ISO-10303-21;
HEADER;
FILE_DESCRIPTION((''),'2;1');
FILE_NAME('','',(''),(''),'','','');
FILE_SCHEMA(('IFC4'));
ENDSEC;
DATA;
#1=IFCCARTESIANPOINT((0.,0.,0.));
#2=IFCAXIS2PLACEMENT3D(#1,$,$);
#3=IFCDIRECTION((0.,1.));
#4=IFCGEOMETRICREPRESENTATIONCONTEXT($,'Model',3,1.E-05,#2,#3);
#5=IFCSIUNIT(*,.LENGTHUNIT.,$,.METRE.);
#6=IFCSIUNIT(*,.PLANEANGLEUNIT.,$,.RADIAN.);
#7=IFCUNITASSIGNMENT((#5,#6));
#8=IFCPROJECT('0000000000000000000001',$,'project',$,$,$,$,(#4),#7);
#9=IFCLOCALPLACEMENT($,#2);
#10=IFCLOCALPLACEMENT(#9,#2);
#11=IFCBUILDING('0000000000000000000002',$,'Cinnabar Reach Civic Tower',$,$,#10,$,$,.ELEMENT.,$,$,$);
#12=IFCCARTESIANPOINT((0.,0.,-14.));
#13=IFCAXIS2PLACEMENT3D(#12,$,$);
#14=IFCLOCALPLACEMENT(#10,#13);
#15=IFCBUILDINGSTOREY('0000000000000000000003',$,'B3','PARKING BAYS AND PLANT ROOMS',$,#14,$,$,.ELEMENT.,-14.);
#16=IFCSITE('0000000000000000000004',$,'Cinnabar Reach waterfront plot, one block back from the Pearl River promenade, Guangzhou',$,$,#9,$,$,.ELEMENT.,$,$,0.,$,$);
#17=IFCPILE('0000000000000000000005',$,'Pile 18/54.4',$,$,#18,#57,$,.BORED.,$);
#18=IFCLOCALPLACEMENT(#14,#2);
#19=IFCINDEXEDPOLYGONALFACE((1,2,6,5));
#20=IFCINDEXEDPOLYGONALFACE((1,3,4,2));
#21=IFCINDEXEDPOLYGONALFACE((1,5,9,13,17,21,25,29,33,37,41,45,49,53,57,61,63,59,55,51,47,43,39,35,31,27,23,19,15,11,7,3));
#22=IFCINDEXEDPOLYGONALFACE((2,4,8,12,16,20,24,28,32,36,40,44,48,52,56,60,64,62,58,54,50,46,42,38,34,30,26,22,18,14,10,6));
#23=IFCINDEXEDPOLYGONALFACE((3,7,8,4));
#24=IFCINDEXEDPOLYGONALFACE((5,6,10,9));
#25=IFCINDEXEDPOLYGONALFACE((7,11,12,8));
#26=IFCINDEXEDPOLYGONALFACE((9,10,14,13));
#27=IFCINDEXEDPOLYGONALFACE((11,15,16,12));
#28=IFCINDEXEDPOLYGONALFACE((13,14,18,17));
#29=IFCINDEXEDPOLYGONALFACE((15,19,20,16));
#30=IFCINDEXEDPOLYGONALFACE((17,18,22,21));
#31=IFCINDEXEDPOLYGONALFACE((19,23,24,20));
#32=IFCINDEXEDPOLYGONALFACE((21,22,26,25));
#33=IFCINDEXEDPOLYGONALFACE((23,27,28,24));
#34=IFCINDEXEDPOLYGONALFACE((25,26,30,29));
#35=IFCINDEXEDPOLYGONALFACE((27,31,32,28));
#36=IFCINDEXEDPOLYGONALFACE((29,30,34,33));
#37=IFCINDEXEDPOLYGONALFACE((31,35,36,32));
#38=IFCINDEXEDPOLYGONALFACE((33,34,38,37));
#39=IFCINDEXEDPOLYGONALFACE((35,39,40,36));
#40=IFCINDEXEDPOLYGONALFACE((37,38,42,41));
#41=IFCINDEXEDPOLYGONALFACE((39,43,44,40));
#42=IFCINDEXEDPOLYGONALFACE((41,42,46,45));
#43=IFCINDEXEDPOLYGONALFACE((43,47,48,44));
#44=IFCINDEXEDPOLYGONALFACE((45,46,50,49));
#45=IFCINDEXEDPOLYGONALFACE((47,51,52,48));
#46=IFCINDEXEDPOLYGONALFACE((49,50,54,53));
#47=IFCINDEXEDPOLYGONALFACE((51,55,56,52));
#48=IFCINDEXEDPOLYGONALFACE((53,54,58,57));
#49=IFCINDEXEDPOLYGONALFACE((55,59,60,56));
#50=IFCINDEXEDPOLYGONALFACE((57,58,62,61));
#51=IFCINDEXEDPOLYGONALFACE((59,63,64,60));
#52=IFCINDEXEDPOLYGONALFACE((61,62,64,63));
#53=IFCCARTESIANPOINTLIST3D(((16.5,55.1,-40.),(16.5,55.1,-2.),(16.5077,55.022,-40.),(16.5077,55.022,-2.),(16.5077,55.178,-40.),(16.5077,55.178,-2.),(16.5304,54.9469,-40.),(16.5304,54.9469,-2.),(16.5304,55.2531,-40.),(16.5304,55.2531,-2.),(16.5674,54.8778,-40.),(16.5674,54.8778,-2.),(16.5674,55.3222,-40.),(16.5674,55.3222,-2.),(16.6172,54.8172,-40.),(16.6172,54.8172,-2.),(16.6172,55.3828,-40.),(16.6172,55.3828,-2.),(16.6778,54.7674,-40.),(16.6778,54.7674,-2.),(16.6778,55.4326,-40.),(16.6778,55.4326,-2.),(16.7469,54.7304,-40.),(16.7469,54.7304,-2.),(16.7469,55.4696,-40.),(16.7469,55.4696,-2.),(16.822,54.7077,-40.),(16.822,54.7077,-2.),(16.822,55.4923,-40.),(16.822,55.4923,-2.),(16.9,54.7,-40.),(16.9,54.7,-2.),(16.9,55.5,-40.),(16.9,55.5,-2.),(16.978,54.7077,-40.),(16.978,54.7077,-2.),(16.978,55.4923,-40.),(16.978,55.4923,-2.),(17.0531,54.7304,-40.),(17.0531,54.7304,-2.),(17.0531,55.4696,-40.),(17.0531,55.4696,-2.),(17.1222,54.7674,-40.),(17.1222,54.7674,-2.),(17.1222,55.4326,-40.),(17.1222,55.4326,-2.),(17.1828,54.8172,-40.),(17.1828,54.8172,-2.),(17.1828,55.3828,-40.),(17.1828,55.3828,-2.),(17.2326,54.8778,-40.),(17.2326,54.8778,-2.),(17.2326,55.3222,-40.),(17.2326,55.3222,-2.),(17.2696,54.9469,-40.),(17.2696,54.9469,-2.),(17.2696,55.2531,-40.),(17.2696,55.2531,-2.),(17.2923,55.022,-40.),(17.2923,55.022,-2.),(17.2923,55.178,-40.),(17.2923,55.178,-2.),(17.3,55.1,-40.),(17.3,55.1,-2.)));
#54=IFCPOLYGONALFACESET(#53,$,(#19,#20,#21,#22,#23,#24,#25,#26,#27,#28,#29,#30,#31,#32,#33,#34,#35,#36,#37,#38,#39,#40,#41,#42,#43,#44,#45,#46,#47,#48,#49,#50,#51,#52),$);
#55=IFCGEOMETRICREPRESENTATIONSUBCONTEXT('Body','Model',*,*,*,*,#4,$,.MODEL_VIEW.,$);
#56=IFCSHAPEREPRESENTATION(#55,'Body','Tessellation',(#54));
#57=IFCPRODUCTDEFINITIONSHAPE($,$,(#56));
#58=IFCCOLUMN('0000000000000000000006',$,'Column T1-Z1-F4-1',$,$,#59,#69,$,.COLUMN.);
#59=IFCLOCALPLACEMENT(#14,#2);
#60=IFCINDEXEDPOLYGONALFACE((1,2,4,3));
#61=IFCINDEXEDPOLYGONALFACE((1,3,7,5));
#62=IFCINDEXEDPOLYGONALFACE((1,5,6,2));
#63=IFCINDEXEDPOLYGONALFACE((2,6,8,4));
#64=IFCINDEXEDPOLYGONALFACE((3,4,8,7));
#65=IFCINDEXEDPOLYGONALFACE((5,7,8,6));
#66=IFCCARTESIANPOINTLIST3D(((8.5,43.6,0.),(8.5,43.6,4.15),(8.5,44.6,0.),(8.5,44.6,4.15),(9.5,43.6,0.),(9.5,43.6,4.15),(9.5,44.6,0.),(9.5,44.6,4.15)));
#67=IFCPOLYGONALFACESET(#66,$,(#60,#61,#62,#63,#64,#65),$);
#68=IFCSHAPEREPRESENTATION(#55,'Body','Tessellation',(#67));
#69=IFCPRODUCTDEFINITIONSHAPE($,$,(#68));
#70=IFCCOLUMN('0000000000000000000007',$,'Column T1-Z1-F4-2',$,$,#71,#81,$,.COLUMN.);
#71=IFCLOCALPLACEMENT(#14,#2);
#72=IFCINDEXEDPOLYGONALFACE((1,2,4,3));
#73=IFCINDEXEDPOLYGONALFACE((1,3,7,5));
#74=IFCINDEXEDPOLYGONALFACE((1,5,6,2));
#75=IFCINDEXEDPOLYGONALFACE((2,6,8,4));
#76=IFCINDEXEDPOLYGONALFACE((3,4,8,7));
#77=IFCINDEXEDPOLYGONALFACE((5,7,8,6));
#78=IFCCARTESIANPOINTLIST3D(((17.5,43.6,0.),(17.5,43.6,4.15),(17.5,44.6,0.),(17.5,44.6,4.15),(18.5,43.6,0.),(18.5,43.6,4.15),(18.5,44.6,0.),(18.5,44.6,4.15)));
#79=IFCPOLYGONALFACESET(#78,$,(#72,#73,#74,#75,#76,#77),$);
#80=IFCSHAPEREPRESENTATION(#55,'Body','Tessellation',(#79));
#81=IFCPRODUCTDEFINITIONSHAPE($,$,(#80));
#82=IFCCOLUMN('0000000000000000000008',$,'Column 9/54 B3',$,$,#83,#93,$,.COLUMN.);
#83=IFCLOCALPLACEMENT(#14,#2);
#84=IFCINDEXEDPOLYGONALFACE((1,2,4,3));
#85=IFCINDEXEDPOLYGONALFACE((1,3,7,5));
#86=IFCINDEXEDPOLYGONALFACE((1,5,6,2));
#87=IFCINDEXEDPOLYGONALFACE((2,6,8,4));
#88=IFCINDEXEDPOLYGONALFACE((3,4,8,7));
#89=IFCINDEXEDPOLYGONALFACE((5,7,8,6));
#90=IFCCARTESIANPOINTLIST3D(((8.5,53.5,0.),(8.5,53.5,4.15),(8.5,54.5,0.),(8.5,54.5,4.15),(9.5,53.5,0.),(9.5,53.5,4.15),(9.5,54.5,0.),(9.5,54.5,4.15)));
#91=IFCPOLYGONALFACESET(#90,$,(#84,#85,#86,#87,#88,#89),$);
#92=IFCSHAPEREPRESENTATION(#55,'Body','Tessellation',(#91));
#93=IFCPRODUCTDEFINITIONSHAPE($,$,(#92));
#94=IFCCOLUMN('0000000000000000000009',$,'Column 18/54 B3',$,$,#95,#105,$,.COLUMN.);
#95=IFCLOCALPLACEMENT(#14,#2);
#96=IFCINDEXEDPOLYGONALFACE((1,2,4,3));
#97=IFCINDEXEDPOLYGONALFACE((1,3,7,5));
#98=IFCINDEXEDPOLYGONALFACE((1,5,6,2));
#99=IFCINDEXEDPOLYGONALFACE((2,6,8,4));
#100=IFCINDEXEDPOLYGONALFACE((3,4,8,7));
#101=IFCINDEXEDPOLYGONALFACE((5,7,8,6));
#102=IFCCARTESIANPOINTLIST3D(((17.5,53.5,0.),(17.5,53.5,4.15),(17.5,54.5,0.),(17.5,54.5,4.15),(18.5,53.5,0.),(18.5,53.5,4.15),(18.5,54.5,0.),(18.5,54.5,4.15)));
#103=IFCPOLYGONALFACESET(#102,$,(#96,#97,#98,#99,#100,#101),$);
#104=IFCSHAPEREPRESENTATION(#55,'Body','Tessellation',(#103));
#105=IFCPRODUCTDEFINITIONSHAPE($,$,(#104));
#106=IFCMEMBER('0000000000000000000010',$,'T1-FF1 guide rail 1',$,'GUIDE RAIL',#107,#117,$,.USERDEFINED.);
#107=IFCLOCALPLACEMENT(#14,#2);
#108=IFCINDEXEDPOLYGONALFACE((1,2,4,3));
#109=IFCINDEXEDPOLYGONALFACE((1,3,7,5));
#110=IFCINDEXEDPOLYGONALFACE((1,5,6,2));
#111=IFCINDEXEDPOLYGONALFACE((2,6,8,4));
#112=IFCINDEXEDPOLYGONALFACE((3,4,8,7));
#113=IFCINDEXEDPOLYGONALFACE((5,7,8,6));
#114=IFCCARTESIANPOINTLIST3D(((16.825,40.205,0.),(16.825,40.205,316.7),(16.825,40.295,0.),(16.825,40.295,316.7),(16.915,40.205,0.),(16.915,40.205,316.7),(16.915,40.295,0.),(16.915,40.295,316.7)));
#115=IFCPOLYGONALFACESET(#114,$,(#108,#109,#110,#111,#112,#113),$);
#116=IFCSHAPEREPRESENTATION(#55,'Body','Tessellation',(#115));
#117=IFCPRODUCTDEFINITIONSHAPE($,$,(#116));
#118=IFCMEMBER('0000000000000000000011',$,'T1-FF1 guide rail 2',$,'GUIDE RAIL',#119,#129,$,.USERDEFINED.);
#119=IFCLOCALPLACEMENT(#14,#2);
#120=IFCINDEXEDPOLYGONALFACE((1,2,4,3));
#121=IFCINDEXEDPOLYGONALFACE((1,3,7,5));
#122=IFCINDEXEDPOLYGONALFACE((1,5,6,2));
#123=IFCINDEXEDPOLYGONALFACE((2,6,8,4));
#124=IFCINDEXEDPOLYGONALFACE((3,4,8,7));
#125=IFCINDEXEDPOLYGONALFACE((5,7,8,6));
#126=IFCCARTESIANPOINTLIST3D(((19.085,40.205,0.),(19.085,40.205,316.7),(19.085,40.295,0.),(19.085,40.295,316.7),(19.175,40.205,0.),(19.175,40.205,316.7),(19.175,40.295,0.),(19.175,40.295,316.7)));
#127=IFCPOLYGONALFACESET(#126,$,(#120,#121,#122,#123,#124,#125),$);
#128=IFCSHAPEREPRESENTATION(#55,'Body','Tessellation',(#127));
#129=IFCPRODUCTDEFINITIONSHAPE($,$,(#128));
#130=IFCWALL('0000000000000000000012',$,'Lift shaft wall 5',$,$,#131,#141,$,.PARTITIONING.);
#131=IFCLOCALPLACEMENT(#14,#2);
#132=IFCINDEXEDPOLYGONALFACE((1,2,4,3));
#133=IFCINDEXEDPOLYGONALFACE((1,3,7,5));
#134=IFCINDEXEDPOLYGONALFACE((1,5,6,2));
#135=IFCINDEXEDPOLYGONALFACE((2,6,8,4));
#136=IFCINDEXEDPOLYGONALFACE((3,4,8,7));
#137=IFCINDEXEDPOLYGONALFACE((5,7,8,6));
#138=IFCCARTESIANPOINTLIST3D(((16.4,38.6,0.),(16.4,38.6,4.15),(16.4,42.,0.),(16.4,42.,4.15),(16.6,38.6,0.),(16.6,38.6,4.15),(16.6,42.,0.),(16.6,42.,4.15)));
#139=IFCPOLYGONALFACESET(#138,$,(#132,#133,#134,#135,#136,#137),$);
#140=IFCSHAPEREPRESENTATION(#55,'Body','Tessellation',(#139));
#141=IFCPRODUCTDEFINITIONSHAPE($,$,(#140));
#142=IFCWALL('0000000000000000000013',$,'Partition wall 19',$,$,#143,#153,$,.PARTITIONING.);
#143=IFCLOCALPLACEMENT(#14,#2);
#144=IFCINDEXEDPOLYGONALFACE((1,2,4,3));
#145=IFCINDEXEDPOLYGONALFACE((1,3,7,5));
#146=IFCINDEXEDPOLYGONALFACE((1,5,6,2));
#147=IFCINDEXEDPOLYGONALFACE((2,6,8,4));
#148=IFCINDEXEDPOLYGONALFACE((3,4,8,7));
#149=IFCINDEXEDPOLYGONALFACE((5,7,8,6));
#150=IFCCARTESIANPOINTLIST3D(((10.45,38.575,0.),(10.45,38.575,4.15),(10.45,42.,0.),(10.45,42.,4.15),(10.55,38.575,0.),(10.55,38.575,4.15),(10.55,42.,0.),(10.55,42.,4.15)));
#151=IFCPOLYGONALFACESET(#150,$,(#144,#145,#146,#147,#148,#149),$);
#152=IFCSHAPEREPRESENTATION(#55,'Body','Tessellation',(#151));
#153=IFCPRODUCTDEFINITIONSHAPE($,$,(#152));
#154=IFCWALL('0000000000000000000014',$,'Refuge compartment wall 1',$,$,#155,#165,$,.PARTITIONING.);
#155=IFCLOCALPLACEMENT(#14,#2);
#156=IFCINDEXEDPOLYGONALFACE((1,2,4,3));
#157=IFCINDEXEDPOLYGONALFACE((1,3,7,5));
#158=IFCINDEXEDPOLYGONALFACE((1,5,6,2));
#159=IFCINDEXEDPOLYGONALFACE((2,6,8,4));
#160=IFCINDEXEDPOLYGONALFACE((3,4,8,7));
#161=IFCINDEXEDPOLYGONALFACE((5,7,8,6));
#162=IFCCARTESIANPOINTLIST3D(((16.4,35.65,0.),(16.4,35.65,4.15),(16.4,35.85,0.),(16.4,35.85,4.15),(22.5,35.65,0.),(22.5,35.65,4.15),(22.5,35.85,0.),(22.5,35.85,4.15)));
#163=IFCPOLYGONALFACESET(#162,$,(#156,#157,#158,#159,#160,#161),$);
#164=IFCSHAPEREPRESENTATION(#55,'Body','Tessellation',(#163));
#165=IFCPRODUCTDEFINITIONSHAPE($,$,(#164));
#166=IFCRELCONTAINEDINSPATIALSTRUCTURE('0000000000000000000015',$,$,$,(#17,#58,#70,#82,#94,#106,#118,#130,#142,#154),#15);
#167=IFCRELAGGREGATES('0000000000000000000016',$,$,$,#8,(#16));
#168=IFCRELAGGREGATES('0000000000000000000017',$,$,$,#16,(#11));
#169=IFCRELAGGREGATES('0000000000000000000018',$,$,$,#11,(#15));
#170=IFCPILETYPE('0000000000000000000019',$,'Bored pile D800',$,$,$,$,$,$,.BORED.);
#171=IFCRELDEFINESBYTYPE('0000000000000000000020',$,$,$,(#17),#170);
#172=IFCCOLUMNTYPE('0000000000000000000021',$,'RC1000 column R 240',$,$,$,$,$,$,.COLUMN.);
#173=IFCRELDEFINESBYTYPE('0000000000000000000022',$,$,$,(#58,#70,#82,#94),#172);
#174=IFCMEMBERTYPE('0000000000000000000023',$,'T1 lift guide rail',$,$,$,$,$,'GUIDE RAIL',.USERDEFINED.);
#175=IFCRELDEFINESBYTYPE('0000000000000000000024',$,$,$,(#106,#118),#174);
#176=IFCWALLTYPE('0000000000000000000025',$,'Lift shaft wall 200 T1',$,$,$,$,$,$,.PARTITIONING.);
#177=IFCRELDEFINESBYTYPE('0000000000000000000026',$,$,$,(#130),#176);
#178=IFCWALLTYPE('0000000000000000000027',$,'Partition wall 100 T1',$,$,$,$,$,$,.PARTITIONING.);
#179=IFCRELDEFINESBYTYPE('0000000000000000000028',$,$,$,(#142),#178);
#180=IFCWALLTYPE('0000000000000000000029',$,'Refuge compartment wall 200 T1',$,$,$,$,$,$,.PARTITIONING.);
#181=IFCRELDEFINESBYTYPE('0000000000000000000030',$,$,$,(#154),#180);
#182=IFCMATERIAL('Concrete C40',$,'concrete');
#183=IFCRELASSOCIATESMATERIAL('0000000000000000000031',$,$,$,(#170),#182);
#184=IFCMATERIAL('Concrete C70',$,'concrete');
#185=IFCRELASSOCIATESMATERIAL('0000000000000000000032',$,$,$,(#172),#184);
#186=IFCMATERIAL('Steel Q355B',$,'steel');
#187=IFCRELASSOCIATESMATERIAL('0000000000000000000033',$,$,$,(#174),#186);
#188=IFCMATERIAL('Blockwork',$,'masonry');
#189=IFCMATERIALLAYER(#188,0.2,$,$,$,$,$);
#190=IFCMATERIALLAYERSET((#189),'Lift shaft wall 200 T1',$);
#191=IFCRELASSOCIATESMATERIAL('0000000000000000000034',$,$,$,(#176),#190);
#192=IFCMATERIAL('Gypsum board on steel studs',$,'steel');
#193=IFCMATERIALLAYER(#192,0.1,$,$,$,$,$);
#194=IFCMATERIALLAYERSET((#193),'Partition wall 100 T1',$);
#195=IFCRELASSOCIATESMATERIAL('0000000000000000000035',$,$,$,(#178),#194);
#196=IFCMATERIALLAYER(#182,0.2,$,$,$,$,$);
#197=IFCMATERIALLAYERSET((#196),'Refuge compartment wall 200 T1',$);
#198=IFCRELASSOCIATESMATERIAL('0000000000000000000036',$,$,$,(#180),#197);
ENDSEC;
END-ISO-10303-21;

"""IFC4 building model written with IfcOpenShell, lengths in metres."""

from ifc_helpers import new_model, si_unit, direction, frame, frame_2d, origin, origin_2d, place, context, subcontext, project, spatial, rectangle, circle, extrude, material, layer, layer_set, material_profile, profile_set, type_object, element, save


model = new_model("IFC4")

# Units and contexts
model_context = context("Model", 3, precision=1e-05, world=origin(), true_north=direction((0.0, 1.0)))
body_context = subcontext(model_context, "Body", "Model", "MODEL_VIEW")
ifc_project = project(units=[si_unit("LENGTHUNIT", "METRE"), si_unit("PLANEANGLEUNIT", "RADIAN")], contexts=[model_context])

# Site, building, storey
site_placement = place(None, origin())
site = spatial("IfcSite", under=ifc_project, at=site_placement, Name="Cinnabar Reach waterfront plot, one block back from the Pearl River promenade, Guangzhou", CompositionType="ELEMENT", RefElevation=0.0)
building_placement = place(site_placement, origin())
building = spatial("IfcBuilding", under=site, at=building_placement, Name="Cinnabar Reach Civic Tower", CompositionType="ELEMENT")
storey_placement = place(building_placement, frame((0.0, 0.0, -14.0)))
storey = spatial("IfcBuildingStorey", under=building, at=storey_placement, Name="B3", Description="PARKING BAYS AND PLANT ROOMS", CompositionType="ELEMENT", Elevation=-14.0)

# Pile
ifc_material_1 = material(Name="Concrete C40", Category="concrete")
pile_type_1 = type_object("IfcPileType", Name="Bored pile D800", PredefinedType="BORED", material=ifc_material_1)
for number, where, z_axis, x_axis, name in (
    (1, (16.9, 55.1, -2.0), (0.0, 0.0, -1.0), (1.0, 0.0, 0.0), "Pile 18/54.4"),
):
    element("IfcPile", number, at=place(storey_placement, frame(where, z_axis=z_axis, x_axis=x_axis)), inside=storey, type_object=pile_type_1, Name=name, PredefinedType="BORED", context=body_context, shape_type="SweptSolid", body=[
        extrude(circle(Radius=0.4, at=origin_2d()), origin(), (0.0, 0.0, 1.0), 38.0),
    ])

# Columns
ifc_material_2 = material(Name="Concrete C70", Category="concrete")
ifc_material_profile_1 = material_profile(ifc_material_2, rectangle(XDim=1.0, YDim=1.0, at=origin_2d()), Name="RC1000")
ifc_profile_set_1 = profile_set([ifc_material_profile_1], Name="Concrete C70")
column_type = type_object("IfcColumnType", Name="RC1000 column R 240", PredefinedType="COLUMN", material=ifc_profile_set_1)
for number, where, z_axis, x_axis, name in (
    (2, (9.0, 44.1, 0.0), (0.0, 0.0, 1.0), (1.0, 0.0, 0.0), "Column T1-Z1-F4-1"),
    (3, (18.0, 44.1, 0.0), (0.0, 0.0, 1.0), (1.0, 0.0, 0.0), "Column T1-Z1-F4-2"),
    (4, (9.0, 54.0, 0.0), (0.0, 0.0, 1.0), (1.0, 0.0, 0.0), "Column 9/54 B3"),
    (5, (18.0, 54.0, 0.0), (0.0, 0.0, 1.0), (1.0, 0.0, 0.0), "Column 18/54 B3"),
):
    element("IfcColumn", number, at=place(storey_placement, frame(where, z_axis=z_axis, x_axis=x_axis)), inside=storey, type_object=column_type, Name=name, PredefinedType="COLUMN", context=body_context, shape_type="SweptSolid", body=[
        extrude(rectangle(XDim=1.0, YDim=1.0, at=origin_2d()), origin(), (0.0, 0.0, 1.0), 4.15),
    ])

# Members
ifc_material_3 = material(Name="Steel Q355B", Category="steel")
ifc_material_profile_2 = material_profile(ifc_material_3, rectangle(XDim=0.09, YDim=0.09, at=origin_2d()), Name="T1 lift guide rail")
ifc_profile_set_2 = profile_set([ifc_material_profile_2], Name="Steel Q355B")
member_type = type_object("IfcMemberType", Name="T1 lift guide rail", ElementType="GUIDE RAIL", PredefinedType="USERDEFINED", material=ifc_profile_set_2)
for number, where, z_axis, x_axis, name in (
    (6, (16.87, 40.25, 0.0), (0.0, 0.0, 1.0), (1.0, 0.0, 0.0), "T1-FF1 guide rail 1"),
    (7, (19.13, 40.25, 0.0), (0.0, 0.0, 1.0), (1.0, 0.0, 0.0), "T1-FF1 guide rail 2"),
):
    element("IfcMember", number, at=place(storey_placement, frame(where, z_axis=z_axis, x_axis=x_axis)), inside=storey, type_object=member_type, Name=name, ObjectType="GUIDE RAIL", PredefinedType="USERDEFINED", context=body_context, shape_type="SweptSolid", body=[
        extrude(rectangle(XDim=0.09, YDim=0.09, at=origin_2d()), origin(), (0.0, 0.0, 1.0), 316.7),
    ])

# Walls
ifc_material_4 = material(Name="Blockwork", Category="masonry")
ifc_layer_1 = layer(ifc_material_4, 0.2)
ifc_layer_set_1 = layer_set([ifc_layer_1], Name="Lift shaft wall 200 T1")
wall_type_1 = type_object("IfcWallType", Name="Lift shaft wall 200 T1", PredefinedType="PARTITIONING", material=ifc_layer_set_1)
wall_1_placement = place(storey_placement, frame((16.5, 38.6, 0.0), z_axis=(0.0, 0.0, 1.0), x_axis=(0.0, 1.0, 0.0)))
element("IfcWall", 8, at=wall_1_placement, inside=storey, type_object=wall_type_1, Name="Lift shaft wall 5", PredefinedType="PARTITIONING", context=body_context, shape_type="SweptSolid", body=[
    extrude(rectangle(XDim=3.4, YDim=0.2, at=frame_2d((1.7, 0.0))), origin(), (0.0, 0.0, 1.0), 4.15),
])
ifc_material_5 = material(Name="Gypsum board on steel studs", Category="steel")
ifc_layer_2 = layer(ifc_material_5, 0.1)
ifc_layer_set_2 = layer_set([ifc_layer_2], Name="Partition wall 100 T1")
wall_type_2 = type_object("IfcWallType", Name="Partition wall 100 T1", PredefinedType="PARTITIONING", material=ifc_layer_set_2)
wall_2_placement = place(storey_placement, frame((10.5, 38.575, 0.0), z_axis=(0.0, 0.0, 1.0), x_axis=(0.0, 1.0, 0.0)))
element("IfcWall", 9, at=wall_2_placement, inside=storey, type_object=wall_type_2, Name="Partition wall 19", PredefinedType="PARTITIONING", context=body_context, shape_type="SweptSolid", body=[
    extrude(rectangle(XDim=3.425, YDim=0.1, at=frame_2d((1.7125, 0.0))), origin(), (0.0, 0.0, 1.0), 4.15),
])
ifc_layer_3 = layer(ifc_material_1, 0.2)
ifc_layer_set_3 = layer_set([ifc_layer_3], Name="Refuge compartment wall 200 T1")
wall_type_3 = type_object("IfcWallType", Name="Refuge compartment wall 200 T1", PredefinedType="PARTITIONING", material=ifc_layer_set_3)
wall_3_placement = place(storey_placement, frame((16.4, 35.75, 0.0), z_axis=(0.0, 0.0, 1.0), x_axis=(1.0, 0.0, 0.0)))
element("IfcWall", 10, at=wall_3_placement, inside=storey, type_object=wall_type_3, Name="Refuge compartment wall 1", PredefinedType="PARTITIONING", context=body_context, shape_type="SweptSolid", body=[
    extrude(rectangle(XDim=6.1, YDim=0.2, at=frame_2d((3.05, 0.0))), origin(), (0.0, 0.0, 1.0), 4.15),
])

save(model, "model.ifc")
